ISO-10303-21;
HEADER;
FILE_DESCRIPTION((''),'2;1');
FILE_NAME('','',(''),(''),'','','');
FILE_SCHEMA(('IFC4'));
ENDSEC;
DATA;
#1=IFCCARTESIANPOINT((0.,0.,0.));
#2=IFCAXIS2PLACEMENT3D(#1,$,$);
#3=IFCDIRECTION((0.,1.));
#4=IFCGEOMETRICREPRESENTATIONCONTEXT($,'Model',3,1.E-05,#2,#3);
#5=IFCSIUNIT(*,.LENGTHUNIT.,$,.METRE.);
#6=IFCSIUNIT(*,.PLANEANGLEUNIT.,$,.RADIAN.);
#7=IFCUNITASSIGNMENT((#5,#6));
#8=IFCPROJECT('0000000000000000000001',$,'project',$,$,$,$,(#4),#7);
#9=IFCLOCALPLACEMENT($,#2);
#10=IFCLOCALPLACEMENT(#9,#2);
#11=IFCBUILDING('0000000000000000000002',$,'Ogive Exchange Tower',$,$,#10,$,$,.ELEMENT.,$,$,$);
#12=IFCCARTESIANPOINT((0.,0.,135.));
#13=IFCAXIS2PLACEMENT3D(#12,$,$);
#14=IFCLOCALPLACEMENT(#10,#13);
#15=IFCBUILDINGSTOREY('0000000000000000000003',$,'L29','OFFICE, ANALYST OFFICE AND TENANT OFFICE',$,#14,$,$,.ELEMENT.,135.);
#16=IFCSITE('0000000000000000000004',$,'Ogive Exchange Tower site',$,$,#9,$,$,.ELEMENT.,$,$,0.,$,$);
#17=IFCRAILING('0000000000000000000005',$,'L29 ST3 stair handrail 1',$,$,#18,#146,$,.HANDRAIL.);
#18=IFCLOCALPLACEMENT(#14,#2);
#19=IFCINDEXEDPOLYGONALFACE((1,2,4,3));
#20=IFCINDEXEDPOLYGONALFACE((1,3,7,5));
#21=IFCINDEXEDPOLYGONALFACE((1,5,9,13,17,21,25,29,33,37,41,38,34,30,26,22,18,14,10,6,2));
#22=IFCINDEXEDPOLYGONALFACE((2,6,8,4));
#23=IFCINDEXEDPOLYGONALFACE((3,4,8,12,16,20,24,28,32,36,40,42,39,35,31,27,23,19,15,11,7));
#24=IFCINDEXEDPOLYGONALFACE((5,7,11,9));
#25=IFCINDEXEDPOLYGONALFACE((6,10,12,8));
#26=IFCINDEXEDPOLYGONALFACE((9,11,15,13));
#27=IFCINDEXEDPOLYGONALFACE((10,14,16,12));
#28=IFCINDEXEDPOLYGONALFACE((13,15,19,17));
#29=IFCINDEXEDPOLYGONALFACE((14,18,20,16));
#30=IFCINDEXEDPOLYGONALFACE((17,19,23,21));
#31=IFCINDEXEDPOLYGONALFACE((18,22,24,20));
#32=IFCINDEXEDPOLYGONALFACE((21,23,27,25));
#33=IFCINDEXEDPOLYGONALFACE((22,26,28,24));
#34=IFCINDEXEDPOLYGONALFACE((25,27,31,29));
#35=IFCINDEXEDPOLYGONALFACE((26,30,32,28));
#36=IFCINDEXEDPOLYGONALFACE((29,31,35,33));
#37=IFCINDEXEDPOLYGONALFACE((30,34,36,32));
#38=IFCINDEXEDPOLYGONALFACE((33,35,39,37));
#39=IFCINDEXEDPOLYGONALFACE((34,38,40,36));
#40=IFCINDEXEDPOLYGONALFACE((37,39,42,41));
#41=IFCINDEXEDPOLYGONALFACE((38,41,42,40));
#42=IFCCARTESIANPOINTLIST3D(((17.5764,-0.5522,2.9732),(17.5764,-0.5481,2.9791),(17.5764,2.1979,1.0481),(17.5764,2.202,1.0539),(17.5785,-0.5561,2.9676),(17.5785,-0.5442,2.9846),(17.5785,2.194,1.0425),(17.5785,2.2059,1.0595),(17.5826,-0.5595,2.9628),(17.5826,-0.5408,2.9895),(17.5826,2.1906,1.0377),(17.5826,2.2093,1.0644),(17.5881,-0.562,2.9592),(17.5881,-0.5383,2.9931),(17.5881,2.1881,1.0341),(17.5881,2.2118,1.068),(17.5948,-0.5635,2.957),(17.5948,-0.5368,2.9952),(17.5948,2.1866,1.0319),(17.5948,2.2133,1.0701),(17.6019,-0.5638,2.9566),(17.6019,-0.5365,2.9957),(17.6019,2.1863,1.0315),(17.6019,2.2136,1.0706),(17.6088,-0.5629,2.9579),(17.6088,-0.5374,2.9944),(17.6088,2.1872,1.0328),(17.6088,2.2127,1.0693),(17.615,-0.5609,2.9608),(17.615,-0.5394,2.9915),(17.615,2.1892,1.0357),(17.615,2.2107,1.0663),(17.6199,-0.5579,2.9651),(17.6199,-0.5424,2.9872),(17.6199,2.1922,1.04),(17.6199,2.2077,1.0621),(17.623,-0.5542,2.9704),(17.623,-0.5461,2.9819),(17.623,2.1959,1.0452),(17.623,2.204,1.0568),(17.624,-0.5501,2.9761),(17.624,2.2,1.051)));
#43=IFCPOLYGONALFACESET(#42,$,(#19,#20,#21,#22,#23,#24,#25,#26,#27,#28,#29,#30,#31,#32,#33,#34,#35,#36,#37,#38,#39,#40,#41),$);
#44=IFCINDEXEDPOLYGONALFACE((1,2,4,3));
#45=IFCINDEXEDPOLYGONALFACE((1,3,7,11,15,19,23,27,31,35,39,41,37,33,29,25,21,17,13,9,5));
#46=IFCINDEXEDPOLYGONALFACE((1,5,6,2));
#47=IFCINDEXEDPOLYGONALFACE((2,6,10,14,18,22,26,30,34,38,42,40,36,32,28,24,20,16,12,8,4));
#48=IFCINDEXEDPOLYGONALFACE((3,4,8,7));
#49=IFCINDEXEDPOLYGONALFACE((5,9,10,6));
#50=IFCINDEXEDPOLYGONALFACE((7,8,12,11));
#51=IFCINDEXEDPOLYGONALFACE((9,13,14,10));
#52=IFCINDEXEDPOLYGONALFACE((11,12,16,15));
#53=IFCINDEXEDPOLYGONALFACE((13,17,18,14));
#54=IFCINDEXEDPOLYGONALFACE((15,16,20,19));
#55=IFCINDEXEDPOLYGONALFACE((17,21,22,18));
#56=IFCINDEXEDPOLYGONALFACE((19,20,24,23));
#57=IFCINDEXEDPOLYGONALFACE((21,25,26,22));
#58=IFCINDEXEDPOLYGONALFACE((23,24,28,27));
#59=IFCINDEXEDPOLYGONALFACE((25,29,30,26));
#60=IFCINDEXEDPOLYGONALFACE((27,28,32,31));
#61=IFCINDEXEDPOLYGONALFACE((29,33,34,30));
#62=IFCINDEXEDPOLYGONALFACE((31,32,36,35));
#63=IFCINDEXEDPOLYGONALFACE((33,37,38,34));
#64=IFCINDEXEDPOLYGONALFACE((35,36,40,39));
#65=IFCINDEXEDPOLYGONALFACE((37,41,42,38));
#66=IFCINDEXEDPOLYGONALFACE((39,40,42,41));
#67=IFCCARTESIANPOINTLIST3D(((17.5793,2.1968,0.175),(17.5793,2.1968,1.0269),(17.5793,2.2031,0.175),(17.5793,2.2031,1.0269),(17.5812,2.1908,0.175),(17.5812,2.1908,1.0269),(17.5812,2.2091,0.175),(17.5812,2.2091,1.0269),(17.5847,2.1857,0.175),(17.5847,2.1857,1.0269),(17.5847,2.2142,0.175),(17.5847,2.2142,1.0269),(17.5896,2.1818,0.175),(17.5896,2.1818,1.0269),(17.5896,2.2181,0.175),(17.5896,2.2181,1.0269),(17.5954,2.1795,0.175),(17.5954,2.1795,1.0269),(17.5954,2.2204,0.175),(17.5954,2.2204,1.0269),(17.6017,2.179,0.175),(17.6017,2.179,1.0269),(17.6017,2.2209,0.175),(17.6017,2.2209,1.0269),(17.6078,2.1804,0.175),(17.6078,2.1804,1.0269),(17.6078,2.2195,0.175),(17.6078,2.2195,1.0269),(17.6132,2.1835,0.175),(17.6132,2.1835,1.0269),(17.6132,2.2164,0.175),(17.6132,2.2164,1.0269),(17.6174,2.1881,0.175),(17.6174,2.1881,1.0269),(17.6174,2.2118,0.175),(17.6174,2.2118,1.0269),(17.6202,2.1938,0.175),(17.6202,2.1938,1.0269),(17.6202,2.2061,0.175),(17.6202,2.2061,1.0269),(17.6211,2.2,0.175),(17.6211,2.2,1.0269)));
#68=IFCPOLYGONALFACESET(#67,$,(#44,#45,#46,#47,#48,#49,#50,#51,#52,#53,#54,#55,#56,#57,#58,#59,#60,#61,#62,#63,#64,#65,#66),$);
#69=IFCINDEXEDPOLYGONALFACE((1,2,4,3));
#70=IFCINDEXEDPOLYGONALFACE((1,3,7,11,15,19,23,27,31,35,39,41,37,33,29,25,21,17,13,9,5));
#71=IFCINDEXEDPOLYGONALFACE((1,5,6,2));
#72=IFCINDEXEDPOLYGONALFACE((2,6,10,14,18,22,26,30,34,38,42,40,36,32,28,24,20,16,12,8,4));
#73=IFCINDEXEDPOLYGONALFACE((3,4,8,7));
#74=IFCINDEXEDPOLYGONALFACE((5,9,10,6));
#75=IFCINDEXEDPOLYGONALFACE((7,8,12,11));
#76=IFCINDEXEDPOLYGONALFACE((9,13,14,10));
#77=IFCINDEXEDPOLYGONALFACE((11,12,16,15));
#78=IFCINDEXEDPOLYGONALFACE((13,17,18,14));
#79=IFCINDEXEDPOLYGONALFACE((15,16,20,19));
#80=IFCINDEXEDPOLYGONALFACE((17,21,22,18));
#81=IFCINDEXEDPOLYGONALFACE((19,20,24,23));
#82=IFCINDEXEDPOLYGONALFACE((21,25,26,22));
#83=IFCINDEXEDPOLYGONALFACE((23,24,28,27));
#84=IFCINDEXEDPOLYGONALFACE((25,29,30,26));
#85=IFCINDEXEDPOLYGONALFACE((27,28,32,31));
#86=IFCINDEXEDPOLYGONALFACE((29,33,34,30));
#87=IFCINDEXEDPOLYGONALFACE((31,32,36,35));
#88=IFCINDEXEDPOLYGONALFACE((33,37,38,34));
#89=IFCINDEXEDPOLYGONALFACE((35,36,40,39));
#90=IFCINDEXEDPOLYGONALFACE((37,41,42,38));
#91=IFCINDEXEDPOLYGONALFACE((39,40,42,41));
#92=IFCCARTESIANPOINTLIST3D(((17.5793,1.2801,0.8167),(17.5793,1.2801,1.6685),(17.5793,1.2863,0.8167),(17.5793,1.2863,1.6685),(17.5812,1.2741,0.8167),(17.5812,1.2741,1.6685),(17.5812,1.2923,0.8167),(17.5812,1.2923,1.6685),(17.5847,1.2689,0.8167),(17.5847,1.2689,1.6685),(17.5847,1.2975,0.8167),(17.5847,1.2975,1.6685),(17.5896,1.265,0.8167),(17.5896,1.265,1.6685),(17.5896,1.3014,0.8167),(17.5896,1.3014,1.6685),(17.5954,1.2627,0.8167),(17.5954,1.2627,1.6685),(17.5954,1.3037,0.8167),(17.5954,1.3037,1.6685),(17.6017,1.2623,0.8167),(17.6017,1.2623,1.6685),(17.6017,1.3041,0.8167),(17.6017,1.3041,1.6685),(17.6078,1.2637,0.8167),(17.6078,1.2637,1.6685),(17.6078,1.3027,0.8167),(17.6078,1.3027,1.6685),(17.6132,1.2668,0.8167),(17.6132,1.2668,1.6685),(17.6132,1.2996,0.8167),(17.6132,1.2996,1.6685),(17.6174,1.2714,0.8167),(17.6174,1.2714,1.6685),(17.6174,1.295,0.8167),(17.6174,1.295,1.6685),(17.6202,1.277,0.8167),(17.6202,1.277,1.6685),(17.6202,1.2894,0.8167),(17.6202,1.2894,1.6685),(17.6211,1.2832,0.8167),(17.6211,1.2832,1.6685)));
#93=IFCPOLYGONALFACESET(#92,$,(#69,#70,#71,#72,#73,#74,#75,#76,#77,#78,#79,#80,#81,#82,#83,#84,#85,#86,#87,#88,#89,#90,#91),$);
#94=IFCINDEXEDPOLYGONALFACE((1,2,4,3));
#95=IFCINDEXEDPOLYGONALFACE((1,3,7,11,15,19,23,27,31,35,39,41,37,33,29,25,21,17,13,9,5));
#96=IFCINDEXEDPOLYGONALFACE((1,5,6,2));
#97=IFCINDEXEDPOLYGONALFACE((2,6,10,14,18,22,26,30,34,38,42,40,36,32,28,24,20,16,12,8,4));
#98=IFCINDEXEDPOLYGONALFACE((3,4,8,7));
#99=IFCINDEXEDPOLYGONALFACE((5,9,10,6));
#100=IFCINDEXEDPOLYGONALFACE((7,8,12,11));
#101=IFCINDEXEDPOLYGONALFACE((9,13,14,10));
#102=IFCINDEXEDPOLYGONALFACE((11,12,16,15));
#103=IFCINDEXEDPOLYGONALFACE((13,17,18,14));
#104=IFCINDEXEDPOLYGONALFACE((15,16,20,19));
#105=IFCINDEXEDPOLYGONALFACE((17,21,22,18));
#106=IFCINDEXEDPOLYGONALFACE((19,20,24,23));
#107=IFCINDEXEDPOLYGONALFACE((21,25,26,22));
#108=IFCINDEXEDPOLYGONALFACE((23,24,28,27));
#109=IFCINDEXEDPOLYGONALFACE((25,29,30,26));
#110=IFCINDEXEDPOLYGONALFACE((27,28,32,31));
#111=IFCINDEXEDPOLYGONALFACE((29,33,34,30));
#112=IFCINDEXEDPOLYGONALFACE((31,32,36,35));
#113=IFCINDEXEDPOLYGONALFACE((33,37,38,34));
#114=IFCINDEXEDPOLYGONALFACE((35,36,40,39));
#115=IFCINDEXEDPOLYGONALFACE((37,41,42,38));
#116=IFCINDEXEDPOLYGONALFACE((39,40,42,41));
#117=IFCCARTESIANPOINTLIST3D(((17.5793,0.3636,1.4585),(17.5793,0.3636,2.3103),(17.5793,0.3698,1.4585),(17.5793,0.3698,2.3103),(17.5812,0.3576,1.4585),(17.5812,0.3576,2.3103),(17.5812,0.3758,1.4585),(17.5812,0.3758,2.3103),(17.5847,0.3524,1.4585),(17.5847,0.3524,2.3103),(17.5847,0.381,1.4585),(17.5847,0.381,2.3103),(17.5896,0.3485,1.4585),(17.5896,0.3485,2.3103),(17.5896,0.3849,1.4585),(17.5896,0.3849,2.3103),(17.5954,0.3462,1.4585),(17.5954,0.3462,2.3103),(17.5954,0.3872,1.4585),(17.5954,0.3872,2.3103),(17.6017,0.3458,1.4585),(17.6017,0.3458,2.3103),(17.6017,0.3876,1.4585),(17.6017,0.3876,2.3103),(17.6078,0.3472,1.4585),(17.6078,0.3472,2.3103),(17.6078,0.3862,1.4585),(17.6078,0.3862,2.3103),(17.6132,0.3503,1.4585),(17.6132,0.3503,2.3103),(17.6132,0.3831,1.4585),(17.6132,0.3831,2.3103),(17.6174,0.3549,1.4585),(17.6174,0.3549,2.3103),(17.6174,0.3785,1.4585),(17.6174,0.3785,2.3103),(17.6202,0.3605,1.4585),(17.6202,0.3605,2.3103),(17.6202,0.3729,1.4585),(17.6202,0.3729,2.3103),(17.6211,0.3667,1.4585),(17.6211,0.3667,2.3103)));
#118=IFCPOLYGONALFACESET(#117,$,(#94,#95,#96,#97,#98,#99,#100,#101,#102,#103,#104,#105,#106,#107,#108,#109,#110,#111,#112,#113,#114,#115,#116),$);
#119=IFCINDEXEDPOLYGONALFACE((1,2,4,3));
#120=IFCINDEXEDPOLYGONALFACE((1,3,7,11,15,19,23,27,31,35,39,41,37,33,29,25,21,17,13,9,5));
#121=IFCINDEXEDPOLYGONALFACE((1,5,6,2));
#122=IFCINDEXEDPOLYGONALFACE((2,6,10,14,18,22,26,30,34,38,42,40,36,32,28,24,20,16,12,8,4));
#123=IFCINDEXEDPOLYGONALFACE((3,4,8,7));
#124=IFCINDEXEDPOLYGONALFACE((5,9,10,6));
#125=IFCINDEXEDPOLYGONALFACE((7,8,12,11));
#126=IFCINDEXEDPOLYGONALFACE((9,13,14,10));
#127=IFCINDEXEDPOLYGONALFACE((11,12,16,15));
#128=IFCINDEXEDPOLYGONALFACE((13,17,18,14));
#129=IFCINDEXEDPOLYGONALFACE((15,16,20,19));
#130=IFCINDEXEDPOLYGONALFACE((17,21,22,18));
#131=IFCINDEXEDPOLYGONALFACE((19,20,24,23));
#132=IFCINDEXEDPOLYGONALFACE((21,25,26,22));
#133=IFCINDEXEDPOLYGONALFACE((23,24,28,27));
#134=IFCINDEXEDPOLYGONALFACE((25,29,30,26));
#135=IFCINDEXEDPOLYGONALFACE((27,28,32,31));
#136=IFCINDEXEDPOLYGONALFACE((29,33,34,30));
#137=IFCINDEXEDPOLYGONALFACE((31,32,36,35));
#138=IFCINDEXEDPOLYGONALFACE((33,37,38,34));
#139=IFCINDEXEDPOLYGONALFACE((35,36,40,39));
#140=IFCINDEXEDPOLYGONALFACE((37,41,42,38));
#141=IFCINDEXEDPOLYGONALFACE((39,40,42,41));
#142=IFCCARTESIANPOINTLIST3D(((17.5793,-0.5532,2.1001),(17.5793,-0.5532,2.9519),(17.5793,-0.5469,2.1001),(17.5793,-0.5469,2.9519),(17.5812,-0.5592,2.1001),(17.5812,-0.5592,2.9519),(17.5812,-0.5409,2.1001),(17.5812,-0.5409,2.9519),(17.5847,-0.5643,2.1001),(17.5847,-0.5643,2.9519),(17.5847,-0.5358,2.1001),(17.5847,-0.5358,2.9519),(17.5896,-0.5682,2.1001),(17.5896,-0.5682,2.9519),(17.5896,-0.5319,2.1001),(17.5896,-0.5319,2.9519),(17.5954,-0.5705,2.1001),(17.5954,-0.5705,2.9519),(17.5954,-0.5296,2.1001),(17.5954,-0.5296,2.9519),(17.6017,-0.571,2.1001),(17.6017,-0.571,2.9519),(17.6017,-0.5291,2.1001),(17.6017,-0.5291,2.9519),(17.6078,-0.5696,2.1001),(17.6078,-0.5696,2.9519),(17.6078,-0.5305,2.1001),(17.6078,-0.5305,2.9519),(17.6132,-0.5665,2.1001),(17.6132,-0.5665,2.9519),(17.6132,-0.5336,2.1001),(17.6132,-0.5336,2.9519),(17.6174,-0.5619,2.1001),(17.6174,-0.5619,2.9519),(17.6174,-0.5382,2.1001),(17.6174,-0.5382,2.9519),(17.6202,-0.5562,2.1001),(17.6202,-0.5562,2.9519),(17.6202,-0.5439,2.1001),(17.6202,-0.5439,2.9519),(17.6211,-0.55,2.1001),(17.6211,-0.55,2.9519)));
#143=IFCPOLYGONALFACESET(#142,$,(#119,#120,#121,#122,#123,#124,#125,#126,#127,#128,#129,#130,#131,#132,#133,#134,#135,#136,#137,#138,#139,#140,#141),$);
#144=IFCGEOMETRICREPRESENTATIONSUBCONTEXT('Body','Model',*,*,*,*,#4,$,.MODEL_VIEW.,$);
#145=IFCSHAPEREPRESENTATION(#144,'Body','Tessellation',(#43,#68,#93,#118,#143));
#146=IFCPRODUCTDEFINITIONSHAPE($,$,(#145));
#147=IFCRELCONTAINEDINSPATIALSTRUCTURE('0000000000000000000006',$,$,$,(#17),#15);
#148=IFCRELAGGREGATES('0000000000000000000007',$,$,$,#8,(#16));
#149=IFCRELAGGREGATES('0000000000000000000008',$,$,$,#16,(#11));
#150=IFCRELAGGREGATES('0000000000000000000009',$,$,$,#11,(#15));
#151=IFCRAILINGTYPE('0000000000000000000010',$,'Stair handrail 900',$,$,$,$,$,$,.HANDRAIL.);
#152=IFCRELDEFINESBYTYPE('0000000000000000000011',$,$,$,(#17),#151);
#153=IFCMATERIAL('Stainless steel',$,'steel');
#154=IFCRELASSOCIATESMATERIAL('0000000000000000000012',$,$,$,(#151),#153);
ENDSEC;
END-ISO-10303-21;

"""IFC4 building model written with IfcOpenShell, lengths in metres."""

from ifc_helpers import new_model, si_unit, direction, frame, origin, origin_2d, place, context, subcontext, project, spatial, circle, extrude, material, type_object, element, save


model = new_model("IFC4")

# Units and contexts
model_context = context("Model", 3, precision=1e-05, world=origin(), true_north=direction((0.0, 1.0)))
body_context = subcontext(model_context, "Body", "Model", "MODEL_VIEW")
ifc_project = project(units=[si_unit("LENGTHUNIT", "METRE"), si_unit("PLANEANGLEUNIT", "RADIAN")], contexts=[model_context])

# Site, building, storey
site_placement = place(None, origin())
site = spatial("IfcSite", under=ifc_project, at=site_placement, Name="Ogive Exchange Tower site", CompositionType="ELEMENT", RefElevation=0.0)
building_placement = place(site_placement, origin())
building = spatial("IfcBuilding", under=site, at=building_placement, Name="Ogive Exchange Tower", CompositionType="ELEMENT")
storey_placement = place(building_placement, frame((0.0, 0.0, 135.0)))
storey = spatial("IfcBuildingStorey", under=building, at=storey_placement, Name="L29", Description="OFFICE, ANALYST OFFICE AND TENANT OFFICE", CompositionType="ELEMENT", Elevation=135.0)

# Railing
ifc_material_1 = material(Name="Stainless steel", Category="steel")
railing_type = type_object("IfcRailingType", Name="Stair handrail 900", PredefinedType="HANDRAIL", material=ifc_material_1)
railing_1_placement = place(storey_placement, frame((17.6001, 2.2, 0.175)))
element("IfcRailing", 1, at=railing_1_placement, inside=storey, type_object=railing_type, Name="L29 ST3 stair handrail 1", PredefinedType="HANDRAIL", context=body_context, shape_type="SweptSolid", body=[
    extrude(circle(Radius=0.0239, at=origin_2d()), frame((0.0, 0.0, 0.876), z_axis=(0.0, -0.819225, 0.573472), x_axis=(1.0, 0.0, 0.0)), (0.0, 0.0, 1.0), 3.3569),
    extrude(circle(Radius=0.021, at=origin_2d()), origin(), (0.0, 0.0, 1.0), 0.8518),
    extrude(circle(Radius=0.021, at=origin_2d()), frame((0.0, -0.9167, 0.6416)), (0.0, 0.0, 1.0), 0.8518),
    extrude(circle(Radius=0.021, at=origin_2d()), frame((0.0, -1.8333, 1.2834)), (0.0, 0.0, 1.0), 0.8518),
    extrude(circle(Radius=0.021, at=origin_2d()), frame((0.0, -2.75, 1.925)), (0.0, 0.0, 1.0), 0.8518),
])

save(model, "model.ifc")
